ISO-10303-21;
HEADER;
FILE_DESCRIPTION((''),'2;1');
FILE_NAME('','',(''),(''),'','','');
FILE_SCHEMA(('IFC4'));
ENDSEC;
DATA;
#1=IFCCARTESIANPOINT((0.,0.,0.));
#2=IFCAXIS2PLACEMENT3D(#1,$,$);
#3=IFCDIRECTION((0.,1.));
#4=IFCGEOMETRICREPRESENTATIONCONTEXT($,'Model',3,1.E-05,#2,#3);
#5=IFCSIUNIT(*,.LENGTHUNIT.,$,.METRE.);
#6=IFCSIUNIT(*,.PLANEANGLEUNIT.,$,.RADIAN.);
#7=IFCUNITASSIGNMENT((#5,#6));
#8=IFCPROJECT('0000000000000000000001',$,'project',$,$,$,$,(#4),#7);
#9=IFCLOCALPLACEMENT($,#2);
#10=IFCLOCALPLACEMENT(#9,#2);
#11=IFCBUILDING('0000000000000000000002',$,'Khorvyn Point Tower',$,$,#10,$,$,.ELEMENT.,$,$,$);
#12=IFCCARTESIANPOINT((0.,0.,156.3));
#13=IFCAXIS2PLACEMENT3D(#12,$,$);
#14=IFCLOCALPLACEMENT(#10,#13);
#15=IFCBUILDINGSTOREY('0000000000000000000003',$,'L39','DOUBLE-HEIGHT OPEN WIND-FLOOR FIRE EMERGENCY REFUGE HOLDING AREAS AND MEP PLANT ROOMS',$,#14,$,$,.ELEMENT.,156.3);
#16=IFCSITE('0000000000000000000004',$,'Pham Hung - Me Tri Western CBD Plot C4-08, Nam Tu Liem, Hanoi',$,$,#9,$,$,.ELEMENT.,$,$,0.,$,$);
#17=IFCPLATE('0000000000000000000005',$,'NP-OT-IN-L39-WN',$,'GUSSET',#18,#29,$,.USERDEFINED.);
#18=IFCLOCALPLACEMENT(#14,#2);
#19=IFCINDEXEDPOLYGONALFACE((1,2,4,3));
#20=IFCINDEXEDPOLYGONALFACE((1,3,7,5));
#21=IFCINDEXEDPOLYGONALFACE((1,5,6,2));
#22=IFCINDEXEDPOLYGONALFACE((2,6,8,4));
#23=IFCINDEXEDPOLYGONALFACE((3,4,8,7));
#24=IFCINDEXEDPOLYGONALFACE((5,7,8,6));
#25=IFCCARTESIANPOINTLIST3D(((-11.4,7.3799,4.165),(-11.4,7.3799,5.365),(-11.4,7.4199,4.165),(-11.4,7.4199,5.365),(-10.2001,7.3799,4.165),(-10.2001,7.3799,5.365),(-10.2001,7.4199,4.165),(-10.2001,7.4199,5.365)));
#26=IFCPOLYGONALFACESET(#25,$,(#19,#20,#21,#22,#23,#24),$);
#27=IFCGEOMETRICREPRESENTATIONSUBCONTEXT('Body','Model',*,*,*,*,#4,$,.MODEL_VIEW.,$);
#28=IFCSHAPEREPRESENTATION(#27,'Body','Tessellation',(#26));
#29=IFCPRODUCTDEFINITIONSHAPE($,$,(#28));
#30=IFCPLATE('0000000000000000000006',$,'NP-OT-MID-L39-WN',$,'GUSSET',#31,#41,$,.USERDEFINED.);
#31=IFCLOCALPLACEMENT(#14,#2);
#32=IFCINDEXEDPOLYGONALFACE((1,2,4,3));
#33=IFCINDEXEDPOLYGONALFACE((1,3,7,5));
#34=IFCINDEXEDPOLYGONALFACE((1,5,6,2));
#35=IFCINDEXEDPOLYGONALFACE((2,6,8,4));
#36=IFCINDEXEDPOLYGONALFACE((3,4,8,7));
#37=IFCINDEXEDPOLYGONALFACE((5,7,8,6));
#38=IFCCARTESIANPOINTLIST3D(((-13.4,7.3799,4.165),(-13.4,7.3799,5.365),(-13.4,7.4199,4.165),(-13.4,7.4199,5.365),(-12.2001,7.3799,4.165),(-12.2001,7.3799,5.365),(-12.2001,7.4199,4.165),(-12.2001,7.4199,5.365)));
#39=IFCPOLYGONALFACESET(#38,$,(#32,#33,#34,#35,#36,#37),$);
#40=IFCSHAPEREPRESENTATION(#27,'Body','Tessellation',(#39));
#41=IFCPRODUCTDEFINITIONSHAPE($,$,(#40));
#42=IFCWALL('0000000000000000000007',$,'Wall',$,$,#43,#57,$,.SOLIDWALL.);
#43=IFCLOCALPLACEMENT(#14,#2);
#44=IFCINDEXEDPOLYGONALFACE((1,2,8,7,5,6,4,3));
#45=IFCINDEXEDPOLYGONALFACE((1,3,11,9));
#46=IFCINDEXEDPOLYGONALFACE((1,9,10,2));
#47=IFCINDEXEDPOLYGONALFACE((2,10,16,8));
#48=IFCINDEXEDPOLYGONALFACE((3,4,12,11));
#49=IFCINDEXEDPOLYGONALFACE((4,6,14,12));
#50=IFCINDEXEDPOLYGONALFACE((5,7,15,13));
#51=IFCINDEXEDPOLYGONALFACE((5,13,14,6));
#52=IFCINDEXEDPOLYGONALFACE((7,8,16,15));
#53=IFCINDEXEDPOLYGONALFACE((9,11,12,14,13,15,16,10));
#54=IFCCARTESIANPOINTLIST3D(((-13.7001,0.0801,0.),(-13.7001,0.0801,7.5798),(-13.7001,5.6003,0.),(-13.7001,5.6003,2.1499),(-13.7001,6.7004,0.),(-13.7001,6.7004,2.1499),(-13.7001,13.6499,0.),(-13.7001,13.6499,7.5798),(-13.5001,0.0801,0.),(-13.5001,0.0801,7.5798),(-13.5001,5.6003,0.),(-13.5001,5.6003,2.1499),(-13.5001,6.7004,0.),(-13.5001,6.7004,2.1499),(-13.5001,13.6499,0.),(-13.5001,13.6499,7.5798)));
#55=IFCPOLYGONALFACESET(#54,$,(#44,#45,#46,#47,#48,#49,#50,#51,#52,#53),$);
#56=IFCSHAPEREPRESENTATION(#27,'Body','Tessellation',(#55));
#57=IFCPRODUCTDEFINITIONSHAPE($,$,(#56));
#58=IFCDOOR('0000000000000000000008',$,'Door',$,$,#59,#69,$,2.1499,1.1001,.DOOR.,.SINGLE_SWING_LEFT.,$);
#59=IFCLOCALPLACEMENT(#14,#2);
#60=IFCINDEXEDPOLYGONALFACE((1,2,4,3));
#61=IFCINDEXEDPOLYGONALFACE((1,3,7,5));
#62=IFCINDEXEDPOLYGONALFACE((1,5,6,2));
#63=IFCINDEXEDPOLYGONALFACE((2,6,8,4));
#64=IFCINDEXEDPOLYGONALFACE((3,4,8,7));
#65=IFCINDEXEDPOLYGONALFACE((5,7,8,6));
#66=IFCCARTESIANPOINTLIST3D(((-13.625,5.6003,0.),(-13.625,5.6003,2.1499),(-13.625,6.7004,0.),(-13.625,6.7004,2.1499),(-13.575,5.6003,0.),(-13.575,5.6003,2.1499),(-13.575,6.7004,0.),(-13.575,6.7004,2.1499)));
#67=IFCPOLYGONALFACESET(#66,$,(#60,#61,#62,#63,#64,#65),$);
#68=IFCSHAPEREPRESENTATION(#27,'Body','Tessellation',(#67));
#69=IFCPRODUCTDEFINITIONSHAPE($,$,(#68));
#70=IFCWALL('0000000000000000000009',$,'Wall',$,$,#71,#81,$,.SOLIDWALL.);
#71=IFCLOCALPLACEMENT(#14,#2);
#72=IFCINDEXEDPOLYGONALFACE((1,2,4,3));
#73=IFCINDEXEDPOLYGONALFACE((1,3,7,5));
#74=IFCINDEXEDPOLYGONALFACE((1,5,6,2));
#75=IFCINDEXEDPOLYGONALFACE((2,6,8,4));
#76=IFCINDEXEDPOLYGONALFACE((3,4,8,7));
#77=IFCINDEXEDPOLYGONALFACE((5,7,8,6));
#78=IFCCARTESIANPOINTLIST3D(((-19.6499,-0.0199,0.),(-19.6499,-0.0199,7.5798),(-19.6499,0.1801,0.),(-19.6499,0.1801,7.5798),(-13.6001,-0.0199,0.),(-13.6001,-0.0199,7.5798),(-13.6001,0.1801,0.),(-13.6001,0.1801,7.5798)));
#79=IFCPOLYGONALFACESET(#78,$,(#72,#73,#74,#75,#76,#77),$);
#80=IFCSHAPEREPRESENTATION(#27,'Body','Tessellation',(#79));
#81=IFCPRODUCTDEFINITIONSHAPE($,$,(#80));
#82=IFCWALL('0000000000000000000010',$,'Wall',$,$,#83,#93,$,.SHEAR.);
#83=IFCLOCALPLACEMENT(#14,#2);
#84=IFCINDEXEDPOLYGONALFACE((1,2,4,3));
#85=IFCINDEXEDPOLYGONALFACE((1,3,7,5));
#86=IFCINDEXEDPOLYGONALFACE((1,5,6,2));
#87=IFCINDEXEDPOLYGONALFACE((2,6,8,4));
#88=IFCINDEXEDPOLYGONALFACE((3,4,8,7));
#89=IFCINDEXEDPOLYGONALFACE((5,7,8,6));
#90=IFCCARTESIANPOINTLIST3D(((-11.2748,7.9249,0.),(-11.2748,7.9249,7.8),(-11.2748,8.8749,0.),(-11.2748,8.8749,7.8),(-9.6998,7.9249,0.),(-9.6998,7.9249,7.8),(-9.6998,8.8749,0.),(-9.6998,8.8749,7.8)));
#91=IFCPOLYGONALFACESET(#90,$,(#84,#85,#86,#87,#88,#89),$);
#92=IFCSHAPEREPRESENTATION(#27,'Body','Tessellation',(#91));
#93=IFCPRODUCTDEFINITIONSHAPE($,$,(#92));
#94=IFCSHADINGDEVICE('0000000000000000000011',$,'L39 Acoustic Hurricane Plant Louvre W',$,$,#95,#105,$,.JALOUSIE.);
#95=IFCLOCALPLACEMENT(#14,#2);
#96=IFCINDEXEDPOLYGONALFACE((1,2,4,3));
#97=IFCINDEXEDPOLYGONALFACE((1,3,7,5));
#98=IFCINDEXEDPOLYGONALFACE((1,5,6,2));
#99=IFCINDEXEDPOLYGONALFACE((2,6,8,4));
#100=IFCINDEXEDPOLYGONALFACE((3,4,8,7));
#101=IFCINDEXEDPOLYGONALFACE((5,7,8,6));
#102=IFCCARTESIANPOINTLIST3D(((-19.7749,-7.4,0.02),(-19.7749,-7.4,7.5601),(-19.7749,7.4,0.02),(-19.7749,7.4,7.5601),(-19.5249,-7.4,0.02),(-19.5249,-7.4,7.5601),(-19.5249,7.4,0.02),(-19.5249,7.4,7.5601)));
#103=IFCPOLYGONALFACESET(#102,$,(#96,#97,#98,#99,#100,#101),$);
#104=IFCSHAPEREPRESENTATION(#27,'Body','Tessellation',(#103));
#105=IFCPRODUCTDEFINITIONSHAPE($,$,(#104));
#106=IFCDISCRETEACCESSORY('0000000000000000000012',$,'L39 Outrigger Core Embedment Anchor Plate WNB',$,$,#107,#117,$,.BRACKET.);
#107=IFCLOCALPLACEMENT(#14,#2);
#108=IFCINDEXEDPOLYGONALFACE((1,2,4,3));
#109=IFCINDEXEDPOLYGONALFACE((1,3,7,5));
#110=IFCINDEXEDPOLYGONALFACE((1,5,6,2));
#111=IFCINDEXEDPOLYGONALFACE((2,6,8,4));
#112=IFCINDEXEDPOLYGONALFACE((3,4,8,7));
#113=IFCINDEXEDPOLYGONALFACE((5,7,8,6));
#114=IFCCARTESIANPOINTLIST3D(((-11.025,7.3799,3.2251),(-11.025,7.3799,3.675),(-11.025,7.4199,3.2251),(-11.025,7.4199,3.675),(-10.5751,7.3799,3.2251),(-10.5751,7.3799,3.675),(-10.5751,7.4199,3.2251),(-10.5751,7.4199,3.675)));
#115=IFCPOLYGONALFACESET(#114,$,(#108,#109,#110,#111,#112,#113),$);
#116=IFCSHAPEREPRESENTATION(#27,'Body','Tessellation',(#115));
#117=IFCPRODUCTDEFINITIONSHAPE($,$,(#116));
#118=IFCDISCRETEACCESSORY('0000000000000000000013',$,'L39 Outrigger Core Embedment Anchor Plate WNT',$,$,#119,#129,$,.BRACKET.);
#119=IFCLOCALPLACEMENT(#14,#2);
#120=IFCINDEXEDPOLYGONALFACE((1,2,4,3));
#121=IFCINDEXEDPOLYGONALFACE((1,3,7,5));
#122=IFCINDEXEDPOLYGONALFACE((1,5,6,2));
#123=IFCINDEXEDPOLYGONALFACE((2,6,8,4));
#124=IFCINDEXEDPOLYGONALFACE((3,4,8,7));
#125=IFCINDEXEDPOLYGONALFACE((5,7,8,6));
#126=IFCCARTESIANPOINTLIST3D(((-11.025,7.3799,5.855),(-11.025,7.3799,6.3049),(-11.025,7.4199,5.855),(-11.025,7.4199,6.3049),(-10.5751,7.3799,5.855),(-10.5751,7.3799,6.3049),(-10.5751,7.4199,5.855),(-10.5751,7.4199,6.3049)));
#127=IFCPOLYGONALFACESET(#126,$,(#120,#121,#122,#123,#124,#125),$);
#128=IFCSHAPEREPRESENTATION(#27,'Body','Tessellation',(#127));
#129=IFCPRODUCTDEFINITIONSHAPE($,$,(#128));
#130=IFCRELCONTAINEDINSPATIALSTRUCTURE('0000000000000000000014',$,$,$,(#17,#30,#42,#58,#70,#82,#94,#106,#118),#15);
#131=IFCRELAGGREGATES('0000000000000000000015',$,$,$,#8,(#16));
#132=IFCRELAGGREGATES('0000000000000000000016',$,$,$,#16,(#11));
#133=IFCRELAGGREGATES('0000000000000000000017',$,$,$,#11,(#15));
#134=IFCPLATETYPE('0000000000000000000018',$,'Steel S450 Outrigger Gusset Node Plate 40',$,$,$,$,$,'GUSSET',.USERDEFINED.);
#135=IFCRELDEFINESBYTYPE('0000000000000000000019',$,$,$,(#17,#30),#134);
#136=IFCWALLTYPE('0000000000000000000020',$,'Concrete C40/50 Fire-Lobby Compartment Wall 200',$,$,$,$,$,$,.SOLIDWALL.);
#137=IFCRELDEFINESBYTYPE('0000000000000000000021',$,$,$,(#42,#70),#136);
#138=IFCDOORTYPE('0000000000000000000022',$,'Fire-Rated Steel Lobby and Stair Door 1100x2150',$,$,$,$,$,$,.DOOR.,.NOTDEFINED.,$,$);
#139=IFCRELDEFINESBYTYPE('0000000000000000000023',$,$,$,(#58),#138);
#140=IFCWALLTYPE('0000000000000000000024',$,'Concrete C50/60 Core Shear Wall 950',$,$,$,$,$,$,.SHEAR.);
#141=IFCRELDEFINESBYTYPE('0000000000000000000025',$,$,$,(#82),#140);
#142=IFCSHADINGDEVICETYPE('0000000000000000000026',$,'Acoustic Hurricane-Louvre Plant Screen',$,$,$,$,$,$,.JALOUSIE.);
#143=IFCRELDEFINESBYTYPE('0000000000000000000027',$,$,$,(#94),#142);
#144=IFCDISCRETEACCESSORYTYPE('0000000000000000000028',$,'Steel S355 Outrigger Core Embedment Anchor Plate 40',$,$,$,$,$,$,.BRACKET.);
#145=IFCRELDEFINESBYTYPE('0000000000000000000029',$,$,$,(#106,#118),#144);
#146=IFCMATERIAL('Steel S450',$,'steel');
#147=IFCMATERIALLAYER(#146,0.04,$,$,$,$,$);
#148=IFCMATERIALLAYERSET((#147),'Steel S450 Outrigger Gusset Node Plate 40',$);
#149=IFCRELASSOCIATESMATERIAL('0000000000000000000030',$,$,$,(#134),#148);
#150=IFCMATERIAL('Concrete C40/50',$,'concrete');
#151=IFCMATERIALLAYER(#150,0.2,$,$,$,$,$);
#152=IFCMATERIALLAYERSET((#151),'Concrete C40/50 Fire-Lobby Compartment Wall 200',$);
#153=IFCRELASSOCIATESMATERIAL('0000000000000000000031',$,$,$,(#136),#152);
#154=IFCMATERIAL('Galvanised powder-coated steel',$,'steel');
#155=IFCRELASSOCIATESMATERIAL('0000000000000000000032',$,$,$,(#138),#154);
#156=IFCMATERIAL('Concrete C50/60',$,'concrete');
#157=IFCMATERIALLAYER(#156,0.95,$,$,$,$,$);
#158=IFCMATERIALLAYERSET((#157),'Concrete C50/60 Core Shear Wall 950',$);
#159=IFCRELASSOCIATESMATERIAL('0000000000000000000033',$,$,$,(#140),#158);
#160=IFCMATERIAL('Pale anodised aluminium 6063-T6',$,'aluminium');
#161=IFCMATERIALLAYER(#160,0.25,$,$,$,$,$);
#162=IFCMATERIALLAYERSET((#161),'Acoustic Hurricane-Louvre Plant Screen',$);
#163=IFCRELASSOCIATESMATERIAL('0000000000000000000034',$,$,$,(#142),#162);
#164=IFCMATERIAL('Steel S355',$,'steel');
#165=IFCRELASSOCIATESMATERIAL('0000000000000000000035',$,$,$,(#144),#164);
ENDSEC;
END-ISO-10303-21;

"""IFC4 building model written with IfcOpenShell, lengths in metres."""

from ifc_helpers import new_model, si_unit, direction, frame, frame_2d, origin, origin_2d, place, context, subcontext, project, spatial, rectangle, extrude, material, layer, layer_set, type_object, element, fill, save


model = new_model("IFC4")

# Units and contexts
model_context = context("Model", 3, precision=1e-05, world=origin(), true_north=direction((0.0, 1.0)))
body_context = subcontext(model_context, "Body", "Model", "MODEL_VIEW")
ifc_project = project(units=[si_unit("LENGTHUNIT", "METRE"), si_unit("PLANEANGLEUNIT", "RADIAN")], contexts=[model_context])

# Site, building, storey
site_placement = place(None, origin())
site = spatial("IfcSite", under=ifc_project, at=site_placement, Name="Pham Hung - Me Tri Western CBD Plot C4-08, Nam Tu Liem, Hanoi", CompositionType="ELEMENT", RefElevation=0.0)
building_placement = place(site_placement, origin())
building = spatial("IfcBuilding", under=site, at=building_placement, Name="Khorvyn Point Tower", CompositionType="ELEMENT")
storey_placement = place(building_placement, frame((0.0, 0.0, 156.3)))
storey = spatial("IfcBuildingStorey", under=building, at=storey_placement, Name="L39", Description="DOUBLE-HEIGHT OPEN WIND-FLOOR FIRE EMERGENCY REFUGE HOLDING AREAS AND MEP PLANT ROOMS", CompositionType="ELEMENT", Elevation=156.3)

# Shared definitions
ifc_material_1 = material(Name="Concrete C50/60", Category="concrete")

# Shared definitions
ifc_material_2 = material(Name="Steel S355", Category="steel")

# Shared definitions
ifc_material_3 = material(Name="Steel S450", Category="steel")

# Plates
ifc_layer_1 = layer(ifc_material_3, 0.04)
ifc_layer_set_1 = layer_set([ifc_layer_1], Name="Steel S450 Outrigger Gusset Node Plate 40")
plate_type_1 = type_object("IfcPlateType", Name="Steel S450 Outrigger Gusset Node Plate 40", ElementType="GUSSET", PredefinedType="USERDEFINED", material=ifc_layer_set_1)
for number, where, z_axis, x_axis, name in (
    (1, (-10.8, 7.3999, 4.165), (0.0, 0.0, 1.0), (1.0, 0.0, 0.0), "NP-OT-IN-L39-WN"),
    (2, (-12.8, 7.3999, 4.165), (0.0, 0.0, 1.0), (1.0, 0.0, 0.0), "NP-OT-MID-L39-WN"),
):
    element("IfcPlate", number, at=place(storey_placement, frame(where, z_axis=z_axis, x_axis=x_axis)), inside=storey, type_object=plate_type_1, Name=name, ObjectType="GUSSET", PredefinedType="USERDEFINED", context=body_context, shape_type="SweptSolid", body=[
        extrude(rectangle(XDim=1.2, YDim=0.04, at=origin_2d()), origin(), (0.0, 0.0, 1.0), 1.2),
    ])

# Wall, opening, door
ifc_material_4 = material(Name="Concrete C40/50", Category="concrete")
ifc_layer_2 = layer(ifc_material_4, 0.2)
ifc_layer_set_2 = layer_set([ifc_layer_2], Name="Concrete C40/50 Fire-Lobby Compartment Wall 200")
wall_type_1 = type_object("IfcWallType", Name="Concrete C40/50 Fire-Lobby Compartment Wall 200", PredefinedType="SOLIDWALL", material=ifc_layer_set_2)
wall_1_placement = place(storey_placement, frame((-13.6001, 0.0801, 0.0), z_axis=(0.0, 0.0, 1.0), x_axis=(0.0, 1.0, 0.0)))
wall_1 = element("IfcWall", 3, at=wall_1_placement, inside=storey, type_object=wall_type_1, Name="Wall", PredefinedType="SOLIDWALL", context=body_context, shape_type="SweptSolid", body=[
    extrude(rectangle(XDim=13.5698, YDim=0.2, at=frame_2d((6.7849, 0.0))), origin(), (0.0, 0.0, 1.0), 7.5798),
])
opening_placement = place(wall_1_placement, frame((5.5203, 0.0, 0.0)))
opening = element("IfcOpeningElement", 4, at=opening_placement, cuts=wall_1, PredefinedType="OPENING", context=body_context, shape_type="SweptSolid", body=[
    extrude(rectangle(XDim=1.1001, YDim=2.1499, at=frame_2d((0.55, 1.075))), frame((0.0, 0.1099, 0.0), z_axis=(0.0, -1.0, 0.0), x_axis=(1.0, 0.0, 0.0)), (0.0, 0.0, 1.0), 0.22),
])
ifc_material_5 = material(Name="Galvanised powder-coated steel", Category="steel")
door_type = type_object("IfcDoorType", Name="Fire-Rated Steel Lobby and Stair Door 1100x2150", OperationType="NOTDEFINED", PredefinedType="DOOR", material=ifc_material_5)
door_placement = place(opening_placement, origin())
door = element("IfcDoor", 5, at=door_placement, inside=storey, type_object=door_type, Name="Door", OperationType="SINGLE_SWING_LEFT", OverallHeight=2.1499, OverallWidth=1.1001, PredefinedType="DOOR", context=body_context, shape_type="SweptSolid", body=[
    extrude(rectangle(XDim=1.1001, YDim=2.1499, at=frame_2d((0.55, 1.075))), frame((0.0, 0.0249, 0.0), z_axis=(0.0, -1.0, 0.0), x_axis=(1.0, 0.0, 0.0)), (0.0, 0.0, 1.0), 0.05),
])
fill(opening, door)

# Walls
wall_2_placement = place(storey_placement, frame((-19.6499, 0.0801, 0.0), z_axis=(0.0, 0.0, 1.0), x_axis=(1.0, 0.0, 0.0)))
element("IfcWall", 6, at=wall_2_placement, inside=storey, type_object=wall_type_1, Name="Wall", PredefinedType="SOLIDWALL", context=body_context, shape_type="SweptSolid", body=[
    extrude(rectangle(XDim=6.0498, YDim=0.2, at=frame_2d((3.0249, 0.0))), origin(), (0.0, 0.0, 1.0), 7.5798),
])
ifc_layer_3 = layer(ifc_material_1, 0.95)
ifc_layer_set_3 = layer_set([ifc_layer_3], Name="Concrete C50/60 Core Shear Wall 950")
wall_type_2 = type_object("IfcWallType", Name="Concrete C50/60 Core Shear Wall 950", PredefinedType="SHEAR", material=ifc_layer_set_3)
wall_3_placement = place(storey_placement, frame((-11.2749, 8.3999, 0.0), z_axis=(0.0, 0.0, 1.0), x_axis=(1.0, 0.0, 0.0)))
element("IfcWall", 7, at=wall_3_placement, inside=storey, type_object=wall_type_2, Name="Wall", PredefinedType="SHEAR", context=body_context, shape_type="SweptSolid", body=[
    extrude(rectangle(XDim=1.575, YDim=0.95, at=frame_2d((0.7876, 0.0))), origin(), (0.0, 0.0, 1.0), 7.8),
])

# Shading device
ifc_material_6 = material(Name="Pale anodised aluminium 6063-T6", Category="aluminium")
ifc_layer_4 = layer(ifc_material_6, 0.25)
ifc_layer_set_4 = layer_set([ifc_layer_4], Name="Acoustic Hurricane-Louvre Plant Screen")
shading_device_type = type_object("IfcShadingDeviceType", Name="Acoustic Hurricane-Louvre Plant Screen", PredefinedType="JALOUSIE", material=ifc_layer_set_4)
shading_device_placement = place(storey_placement, frame((-19.6499, 0.0, 0.02), z_axis=(0.0, 0.0, 1.0), x_axis=(1.0, 0.0, 0.0)))
element("IfcShadingDevice", 8, at=shading_device_placement, inside=storey, type_object=shading_device_type, Name="L39 Acoustic Hurricane Plant Louvre W", PredefinedType="JALOUSIE", context=body_context, shape_type="SweptSolid", body=[
    extrude(rectangle(XDim=0.25, YDim=14.8, at=origin_2d()), origin(), (0.0, 0.0, 1.0), 7.54),
])

# Discrete accessories
discrete_accessory_type = type_object("IfcDiscreteAccessoryType", Name="Steel S355 Outrigger Core Embedment Anchor Plate 40", PredefinedType="BRACKET", material=ifc_material_2)
for number, where, z_axis, x_axis, name in (
    (9, (-10.8, 7.3999, 3.2251), (0.0, 0.0, 1.0), (1.0, 0.0, 0.0), "L39 Outrigger Core Embedment Anchor Plate WNB"),
    (10, (-10.8, 7.3999, 5.855), (0.0, 0.0, 1.0), (1.0, 0.0, 0.0), "L39 Outrigger Core Embedment Anchor Plate WNT"),
):
    element("IfcDiscreteAccessory", number, at=place(storey_placement, frame(where, z_axis=z_axis, x_axis=x_axis)), inside=storey, type_object=discrete_accessory_type, Name=name, PredefinedType="BRACKET", context=body_context, shape_type="SweptSolid", body=[
        extrude(rectangle(XDim=0.45, YDim=0.04, at=origin_2d()), origin(), (0.0, 0.0, 1.0), 0.45),
    ])

save(model, "model.ifc")
